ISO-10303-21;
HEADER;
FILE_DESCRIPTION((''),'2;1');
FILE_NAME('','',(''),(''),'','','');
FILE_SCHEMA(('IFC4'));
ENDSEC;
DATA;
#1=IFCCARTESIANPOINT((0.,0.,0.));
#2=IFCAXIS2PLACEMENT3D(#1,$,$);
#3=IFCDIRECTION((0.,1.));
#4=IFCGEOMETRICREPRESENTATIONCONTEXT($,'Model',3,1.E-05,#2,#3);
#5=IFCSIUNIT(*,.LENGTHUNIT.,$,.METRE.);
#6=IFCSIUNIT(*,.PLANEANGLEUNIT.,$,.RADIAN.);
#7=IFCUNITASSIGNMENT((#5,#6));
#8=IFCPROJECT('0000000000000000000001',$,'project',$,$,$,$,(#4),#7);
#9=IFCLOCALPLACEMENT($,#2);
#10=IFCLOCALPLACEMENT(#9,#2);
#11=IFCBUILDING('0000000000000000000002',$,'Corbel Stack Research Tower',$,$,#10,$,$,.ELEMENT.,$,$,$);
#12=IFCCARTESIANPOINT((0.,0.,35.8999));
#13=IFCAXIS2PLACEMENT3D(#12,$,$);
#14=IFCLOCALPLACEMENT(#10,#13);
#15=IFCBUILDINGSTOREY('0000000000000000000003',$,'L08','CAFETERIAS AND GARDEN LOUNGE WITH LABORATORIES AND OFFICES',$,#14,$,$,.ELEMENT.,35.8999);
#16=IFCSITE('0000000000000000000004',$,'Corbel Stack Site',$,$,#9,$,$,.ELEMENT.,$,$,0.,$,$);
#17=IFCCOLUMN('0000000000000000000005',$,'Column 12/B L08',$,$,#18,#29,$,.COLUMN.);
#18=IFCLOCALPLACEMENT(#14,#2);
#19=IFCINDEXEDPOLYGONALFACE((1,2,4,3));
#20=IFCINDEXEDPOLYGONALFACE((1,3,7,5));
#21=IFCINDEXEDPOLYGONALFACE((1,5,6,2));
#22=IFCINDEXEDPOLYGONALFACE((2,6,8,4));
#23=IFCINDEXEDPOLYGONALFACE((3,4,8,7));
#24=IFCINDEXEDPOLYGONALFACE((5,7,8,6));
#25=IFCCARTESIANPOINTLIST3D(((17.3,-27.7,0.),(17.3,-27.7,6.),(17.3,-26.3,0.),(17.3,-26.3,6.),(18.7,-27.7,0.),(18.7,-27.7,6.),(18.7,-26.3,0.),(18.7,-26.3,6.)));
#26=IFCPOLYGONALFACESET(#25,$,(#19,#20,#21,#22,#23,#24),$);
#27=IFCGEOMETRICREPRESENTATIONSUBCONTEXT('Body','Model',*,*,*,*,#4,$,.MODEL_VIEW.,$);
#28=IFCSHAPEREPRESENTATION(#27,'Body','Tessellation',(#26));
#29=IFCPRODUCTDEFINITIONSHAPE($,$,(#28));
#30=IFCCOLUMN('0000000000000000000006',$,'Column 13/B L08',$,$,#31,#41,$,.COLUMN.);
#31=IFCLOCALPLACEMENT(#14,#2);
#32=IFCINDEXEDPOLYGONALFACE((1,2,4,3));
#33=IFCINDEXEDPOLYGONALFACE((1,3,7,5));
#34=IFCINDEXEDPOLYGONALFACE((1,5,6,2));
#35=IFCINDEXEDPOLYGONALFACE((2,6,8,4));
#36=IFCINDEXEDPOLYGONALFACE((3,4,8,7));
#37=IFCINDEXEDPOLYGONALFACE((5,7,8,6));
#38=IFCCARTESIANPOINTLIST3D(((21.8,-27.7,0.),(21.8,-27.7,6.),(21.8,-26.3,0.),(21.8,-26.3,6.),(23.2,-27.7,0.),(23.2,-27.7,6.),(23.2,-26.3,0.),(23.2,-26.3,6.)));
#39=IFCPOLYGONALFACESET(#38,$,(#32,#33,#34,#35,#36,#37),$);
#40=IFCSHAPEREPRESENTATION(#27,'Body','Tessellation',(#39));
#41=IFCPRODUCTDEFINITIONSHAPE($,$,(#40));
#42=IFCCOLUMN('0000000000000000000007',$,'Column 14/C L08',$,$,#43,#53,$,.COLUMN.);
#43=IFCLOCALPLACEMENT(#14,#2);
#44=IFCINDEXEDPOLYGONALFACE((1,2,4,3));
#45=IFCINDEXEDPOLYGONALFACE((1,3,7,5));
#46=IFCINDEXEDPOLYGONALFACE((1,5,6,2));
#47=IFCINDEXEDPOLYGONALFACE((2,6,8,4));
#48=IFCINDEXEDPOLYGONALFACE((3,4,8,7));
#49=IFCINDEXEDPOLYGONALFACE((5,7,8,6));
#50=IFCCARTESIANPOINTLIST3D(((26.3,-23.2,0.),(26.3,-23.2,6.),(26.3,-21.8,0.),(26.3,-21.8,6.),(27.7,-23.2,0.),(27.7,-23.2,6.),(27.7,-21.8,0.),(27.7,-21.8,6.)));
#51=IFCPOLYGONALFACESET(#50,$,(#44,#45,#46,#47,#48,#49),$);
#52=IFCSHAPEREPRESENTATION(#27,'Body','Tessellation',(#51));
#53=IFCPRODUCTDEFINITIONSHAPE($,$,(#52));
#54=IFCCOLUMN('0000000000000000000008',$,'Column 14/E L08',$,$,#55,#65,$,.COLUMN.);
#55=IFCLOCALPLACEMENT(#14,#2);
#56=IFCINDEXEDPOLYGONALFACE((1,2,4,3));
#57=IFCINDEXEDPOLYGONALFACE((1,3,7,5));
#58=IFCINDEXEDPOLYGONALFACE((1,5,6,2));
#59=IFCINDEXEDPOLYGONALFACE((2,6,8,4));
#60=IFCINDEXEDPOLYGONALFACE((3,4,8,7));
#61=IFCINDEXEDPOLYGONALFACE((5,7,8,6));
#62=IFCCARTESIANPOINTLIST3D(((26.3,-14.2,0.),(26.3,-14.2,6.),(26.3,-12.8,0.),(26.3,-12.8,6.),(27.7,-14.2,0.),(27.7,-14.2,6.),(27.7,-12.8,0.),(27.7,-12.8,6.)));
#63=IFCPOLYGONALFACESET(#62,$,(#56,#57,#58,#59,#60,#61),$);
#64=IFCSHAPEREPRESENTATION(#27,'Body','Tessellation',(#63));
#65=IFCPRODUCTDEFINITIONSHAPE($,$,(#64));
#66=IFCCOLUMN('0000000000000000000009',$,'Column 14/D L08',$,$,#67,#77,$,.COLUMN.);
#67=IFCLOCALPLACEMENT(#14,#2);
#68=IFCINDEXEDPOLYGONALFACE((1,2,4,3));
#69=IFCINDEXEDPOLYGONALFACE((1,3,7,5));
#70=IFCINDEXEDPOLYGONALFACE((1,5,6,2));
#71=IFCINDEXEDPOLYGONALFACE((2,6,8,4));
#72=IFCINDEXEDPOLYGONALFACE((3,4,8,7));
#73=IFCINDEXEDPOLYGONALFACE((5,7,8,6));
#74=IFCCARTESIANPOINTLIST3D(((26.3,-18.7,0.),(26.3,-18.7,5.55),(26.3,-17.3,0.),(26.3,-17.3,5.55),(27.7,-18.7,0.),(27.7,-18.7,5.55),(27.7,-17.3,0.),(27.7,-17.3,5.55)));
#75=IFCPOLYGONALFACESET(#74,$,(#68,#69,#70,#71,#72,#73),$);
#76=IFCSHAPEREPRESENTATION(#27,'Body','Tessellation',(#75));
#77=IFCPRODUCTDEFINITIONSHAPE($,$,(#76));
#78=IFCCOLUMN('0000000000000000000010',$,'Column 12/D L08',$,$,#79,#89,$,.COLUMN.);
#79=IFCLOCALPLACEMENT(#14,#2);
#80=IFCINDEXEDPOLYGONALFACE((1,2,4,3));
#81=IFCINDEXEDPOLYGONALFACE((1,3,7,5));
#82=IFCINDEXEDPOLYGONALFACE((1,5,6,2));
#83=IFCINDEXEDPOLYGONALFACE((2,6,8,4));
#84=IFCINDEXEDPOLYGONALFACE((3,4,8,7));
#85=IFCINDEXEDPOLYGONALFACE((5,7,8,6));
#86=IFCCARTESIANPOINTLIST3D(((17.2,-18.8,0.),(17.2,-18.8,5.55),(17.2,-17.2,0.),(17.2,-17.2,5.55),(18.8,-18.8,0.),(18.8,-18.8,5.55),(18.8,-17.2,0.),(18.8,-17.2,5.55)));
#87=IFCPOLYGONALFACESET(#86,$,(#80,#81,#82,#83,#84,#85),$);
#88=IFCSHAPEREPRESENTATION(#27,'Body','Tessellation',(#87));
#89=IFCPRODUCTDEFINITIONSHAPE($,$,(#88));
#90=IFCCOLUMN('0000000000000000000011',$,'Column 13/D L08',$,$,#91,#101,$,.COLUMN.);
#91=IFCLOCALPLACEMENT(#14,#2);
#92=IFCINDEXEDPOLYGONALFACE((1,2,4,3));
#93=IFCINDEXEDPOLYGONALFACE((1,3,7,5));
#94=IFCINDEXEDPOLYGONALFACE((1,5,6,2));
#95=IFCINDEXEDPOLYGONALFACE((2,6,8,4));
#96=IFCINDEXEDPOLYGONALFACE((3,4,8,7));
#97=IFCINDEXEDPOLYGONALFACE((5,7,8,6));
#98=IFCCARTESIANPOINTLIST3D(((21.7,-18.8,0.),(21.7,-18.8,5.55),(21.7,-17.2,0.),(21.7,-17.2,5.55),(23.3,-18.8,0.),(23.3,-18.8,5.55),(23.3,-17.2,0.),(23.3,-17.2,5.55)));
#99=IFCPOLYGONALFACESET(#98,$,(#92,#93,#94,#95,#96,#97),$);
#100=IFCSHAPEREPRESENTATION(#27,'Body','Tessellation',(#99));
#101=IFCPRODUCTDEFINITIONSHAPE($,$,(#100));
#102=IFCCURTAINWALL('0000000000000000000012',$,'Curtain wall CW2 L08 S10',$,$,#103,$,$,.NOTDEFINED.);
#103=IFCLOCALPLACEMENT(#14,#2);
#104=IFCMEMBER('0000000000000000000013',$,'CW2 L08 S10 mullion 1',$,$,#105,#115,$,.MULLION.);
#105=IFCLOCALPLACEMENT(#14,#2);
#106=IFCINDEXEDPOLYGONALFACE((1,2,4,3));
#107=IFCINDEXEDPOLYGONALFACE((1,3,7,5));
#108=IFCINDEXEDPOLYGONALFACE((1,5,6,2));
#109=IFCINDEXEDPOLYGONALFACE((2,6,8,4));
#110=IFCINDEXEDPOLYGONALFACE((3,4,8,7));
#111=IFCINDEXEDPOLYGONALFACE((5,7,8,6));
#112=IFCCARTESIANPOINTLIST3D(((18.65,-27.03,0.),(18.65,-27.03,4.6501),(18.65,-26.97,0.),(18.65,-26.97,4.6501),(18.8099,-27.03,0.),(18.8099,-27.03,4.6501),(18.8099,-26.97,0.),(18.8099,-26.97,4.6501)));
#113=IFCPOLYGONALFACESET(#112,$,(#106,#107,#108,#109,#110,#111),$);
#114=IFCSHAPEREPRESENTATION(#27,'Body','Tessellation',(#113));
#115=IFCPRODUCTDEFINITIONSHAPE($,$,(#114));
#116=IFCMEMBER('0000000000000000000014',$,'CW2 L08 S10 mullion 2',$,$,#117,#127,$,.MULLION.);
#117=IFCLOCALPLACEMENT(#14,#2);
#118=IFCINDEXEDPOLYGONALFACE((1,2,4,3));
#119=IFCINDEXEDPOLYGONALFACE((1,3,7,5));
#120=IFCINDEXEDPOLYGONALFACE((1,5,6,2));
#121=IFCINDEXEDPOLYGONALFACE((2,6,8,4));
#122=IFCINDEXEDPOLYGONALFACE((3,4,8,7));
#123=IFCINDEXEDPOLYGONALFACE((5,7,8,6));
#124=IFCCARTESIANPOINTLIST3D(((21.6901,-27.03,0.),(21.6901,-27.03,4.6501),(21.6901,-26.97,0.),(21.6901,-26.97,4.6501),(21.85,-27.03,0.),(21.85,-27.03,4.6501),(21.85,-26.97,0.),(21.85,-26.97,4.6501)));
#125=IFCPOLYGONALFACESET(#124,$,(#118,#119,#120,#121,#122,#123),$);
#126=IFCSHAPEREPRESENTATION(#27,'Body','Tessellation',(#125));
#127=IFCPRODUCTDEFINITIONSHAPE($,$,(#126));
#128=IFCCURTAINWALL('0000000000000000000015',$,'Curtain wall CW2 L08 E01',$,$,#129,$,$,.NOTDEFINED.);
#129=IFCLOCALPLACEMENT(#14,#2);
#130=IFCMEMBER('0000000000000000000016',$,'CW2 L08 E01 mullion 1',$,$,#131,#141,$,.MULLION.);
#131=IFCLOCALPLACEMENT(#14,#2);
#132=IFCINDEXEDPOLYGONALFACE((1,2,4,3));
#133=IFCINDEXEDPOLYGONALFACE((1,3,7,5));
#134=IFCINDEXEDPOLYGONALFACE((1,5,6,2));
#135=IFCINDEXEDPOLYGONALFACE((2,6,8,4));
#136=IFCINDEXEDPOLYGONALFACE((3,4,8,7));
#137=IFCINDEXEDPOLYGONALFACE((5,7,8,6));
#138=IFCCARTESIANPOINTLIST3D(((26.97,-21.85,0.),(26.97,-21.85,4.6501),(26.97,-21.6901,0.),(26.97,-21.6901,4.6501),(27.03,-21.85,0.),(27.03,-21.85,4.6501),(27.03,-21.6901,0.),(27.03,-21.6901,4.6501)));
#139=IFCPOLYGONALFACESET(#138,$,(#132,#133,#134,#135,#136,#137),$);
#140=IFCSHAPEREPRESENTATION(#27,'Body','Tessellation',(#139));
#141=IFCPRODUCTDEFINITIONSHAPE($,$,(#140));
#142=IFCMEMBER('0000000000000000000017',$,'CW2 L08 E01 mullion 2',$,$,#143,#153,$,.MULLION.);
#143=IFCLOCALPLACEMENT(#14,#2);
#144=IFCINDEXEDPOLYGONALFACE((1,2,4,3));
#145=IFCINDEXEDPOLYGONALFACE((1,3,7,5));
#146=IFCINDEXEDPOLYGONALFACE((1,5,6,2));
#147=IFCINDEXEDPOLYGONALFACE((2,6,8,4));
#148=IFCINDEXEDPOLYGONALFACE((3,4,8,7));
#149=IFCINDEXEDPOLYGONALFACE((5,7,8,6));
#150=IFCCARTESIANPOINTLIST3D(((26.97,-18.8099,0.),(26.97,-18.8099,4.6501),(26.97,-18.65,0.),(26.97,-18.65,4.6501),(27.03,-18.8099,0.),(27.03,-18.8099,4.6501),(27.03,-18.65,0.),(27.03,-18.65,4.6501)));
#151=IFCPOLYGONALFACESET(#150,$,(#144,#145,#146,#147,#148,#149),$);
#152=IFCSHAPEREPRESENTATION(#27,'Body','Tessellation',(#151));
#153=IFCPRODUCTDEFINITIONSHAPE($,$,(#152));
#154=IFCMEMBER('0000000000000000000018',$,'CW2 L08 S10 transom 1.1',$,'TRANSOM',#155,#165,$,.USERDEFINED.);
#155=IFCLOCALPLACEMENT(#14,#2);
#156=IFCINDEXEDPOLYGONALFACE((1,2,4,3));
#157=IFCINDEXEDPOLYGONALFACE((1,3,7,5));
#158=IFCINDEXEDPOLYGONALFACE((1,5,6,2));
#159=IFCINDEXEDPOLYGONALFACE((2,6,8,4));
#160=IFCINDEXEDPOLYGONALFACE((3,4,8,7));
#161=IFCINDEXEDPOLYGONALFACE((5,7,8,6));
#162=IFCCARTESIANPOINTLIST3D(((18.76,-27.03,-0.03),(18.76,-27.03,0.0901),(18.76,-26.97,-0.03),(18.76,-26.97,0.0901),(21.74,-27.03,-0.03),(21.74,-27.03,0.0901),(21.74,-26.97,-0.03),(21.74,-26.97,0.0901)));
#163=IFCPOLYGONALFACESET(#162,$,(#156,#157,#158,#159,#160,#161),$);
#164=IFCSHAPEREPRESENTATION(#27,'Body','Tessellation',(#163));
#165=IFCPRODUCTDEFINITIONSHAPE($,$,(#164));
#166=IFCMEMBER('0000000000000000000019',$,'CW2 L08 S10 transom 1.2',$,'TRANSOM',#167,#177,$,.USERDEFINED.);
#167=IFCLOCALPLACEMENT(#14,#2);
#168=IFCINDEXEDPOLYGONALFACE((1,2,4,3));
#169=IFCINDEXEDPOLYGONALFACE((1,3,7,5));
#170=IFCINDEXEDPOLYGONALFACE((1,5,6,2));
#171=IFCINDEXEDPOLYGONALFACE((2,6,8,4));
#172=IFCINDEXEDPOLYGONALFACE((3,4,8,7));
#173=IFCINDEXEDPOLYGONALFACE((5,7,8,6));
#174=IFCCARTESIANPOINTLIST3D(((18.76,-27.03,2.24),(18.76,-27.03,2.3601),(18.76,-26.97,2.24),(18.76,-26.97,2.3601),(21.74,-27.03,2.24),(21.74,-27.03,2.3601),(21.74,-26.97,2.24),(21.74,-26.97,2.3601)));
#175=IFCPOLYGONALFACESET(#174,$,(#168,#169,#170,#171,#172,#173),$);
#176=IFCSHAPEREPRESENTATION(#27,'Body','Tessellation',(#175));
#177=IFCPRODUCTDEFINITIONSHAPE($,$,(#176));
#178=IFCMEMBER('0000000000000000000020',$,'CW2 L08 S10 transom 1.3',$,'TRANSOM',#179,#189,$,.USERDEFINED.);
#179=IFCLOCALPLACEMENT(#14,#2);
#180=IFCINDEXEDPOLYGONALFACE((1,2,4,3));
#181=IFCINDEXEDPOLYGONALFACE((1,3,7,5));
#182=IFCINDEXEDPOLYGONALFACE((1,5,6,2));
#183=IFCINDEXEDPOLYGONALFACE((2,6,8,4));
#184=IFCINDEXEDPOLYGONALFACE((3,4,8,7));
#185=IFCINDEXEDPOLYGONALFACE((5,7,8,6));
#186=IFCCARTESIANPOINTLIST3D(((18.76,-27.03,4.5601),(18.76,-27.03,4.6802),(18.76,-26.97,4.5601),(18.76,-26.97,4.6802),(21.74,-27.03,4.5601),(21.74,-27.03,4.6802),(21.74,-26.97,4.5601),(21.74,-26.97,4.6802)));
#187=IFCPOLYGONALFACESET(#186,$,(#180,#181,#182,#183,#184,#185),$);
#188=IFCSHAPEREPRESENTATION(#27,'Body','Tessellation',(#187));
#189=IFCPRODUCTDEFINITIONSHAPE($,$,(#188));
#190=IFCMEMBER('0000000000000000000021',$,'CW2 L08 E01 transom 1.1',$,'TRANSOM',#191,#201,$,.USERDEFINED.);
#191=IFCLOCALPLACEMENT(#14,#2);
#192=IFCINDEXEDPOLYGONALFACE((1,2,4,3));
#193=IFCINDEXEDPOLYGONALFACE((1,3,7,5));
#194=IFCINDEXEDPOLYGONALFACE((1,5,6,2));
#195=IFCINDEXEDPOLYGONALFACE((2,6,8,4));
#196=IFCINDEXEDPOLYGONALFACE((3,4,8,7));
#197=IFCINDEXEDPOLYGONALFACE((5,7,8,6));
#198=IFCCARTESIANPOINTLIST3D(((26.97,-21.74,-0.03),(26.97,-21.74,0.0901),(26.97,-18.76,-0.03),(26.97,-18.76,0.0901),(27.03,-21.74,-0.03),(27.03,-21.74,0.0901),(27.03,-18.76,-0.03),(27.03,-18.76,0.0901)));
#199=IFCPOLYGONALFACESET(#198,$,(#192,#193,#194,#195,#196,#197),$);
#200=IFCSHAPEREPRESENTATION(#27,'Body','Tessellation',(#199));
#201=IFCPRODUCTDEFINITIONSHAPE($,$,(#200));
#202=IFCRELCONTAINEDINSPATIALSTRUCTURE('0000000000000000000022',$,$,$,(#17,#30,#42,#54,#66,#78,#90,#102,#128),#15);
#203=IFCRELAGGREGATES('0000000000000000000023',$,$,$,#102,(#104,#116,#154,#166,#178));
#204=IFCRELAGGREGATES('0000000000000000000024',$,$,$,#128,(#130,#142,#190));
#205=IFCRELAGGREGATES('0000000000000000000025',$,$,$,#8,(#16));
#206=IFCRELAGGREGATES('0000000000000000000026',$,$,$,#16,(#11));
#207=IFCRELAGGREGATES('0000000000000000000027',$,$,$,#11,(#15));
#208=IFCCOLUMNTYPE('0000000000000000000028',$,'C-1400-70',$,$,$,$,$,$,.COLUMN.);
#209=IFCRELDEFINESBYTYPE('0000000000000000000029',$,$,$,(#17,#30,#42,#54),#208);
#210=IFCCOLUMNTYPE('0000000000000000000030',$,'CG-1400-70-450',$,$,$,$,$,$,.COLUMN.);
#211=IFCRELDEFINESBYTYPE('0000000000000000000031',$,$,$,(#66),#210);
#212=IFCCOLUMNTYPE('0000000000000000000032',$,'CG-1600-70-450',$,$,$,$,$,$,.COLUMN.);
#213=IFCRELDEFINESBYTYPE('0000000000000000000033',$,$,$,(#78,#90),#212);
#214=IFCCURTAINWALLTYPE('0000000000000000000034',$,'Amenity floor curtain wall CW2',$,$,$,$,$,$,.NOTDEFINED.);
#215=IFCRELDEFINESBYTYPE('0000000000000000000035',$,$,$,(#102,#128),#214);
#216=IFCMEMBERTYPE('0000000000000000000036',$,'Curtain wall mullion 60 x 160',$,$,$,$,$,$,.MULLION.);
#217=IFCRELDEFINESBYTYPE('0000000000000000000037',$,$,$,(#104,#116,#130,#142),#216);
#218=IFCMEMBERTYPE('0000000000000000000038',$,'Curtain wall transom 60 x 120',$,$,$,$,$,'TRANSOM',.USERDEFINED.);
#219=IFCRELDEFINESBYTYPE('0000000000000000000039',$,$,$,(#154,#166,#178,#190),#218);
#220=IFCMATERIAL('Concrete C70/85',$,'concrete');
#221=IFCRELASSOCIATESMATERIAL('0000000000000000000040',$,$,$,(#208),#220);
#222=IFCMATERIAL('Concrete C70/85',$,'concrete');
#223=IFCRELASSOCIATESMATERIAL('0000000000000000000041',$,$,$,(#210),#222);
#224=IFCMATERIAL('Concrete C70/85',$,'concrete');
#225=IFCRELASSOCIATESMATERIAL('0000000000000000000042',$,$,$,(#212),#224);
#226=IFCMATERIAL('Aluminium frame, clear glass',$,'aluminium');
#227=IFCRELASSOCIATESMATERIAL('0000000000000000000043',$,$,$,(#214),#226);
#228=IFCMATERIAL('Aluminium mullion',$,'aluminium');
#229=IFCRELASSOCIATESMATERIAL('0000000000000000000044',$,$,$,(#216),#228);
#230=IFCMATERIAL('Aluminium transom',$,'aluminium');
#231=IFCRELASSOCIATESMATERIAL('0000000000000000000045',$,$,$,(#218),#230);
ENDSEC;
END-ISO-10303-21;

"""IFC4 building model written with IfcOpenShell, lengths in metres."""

from ifc_helpers import new_model, si_unit, direction, frame, origin, origin_2d, place, context, subcontext, project, spatial, rectangle, extrude, material, material_profile, profile_set, type_object, element, aggregate, save


model = new_model("IFC4")

# Units and contexts
model_context = context("Model", 3, precision=1e-05, world=origin(), true_north=direction((0.0, 1.0)))
body_context = subcontext(model_context, "Body", "Model", "MODEL_VIEW")
ifc_project = project(units=[si_unit("LENGTHUNIT", "METRE"), si_unit("PLANEANGLEUNIT", "RADIAN")], contexts=[model_context])

# Site, building, storey
site_placement = place(None, origin())
site = spatial("IfcSite", under=ifc_project, at=site_placement, Name="Corbel Stack Site", CompositionType="ELEMENT", RefElevation=0.0)
building_placement = place(site_placement, origin())
building = spatial("IfcBuilding", under=site, at=building_placement, Name="Corbel Stack Research Tower", CompositionType="ELEMENT")
storey_placement = place(building_placement, frame((0.0, 0.0, 35.8999)))
storey = spatial("IfcBuildingStorey", under=building, at=storey_placement, Name="L08", Description="CAFETERIAS AND GARDEN LOUNGE WITH LABORATORIES AND OFFICES", CompositionType="ELEMENT", Elevation=35.8999)

# Columns
ifc_material_1 = material(Name="Concrete C70/85", Category="concrete")
ifc_material_profile_1 = material_profile(ifc_material_1, rectangle(XDim=1.3999, YDim=1.3999, at=origin_2d()), Name="RC 1400 x 1400")
ifc_profile_set_1 = profile_set([ifc_material_profile_1], Name="Concrete C70/85")
column_type_1 = type_object("IfcColumnType", Name="C-1400-70", PredefinedType="COLUMN", material=ifc_profile_set_1)
for number, where, z_axis, x_axis, name in (
    (1, (18.0, -27.0, 0.0), (0.0, 0.0, 1.0), (1.0, 0.0, 0.0), "Column 12/B L08"),
    (2, (22.5, -27.0, 0.0), (0.0, 0.0, 1.0), (1.0, 0.0, 0.0), "Column 13/B L08"),
    (3, (27.0, -22.5, 0.0), (0.0, 0.0, 1.0), (1.0, 0.0, 0.0), "Column 14/C L08"),
    (4, (27.0, -13.5, 0.0), (0.0, 0.0, 1.0), (1.0, 0.0, 0.0), "Column 14/E L08"),
):
    element("IfcColumn", number, at=place(storey_placement, frame(where, z_axis=z_axis, x_axis=x_axis)), inside=storey, type_object=column_type_1, Name=name, PredefinedType="COLUMN", context=body_context, shape_type="SweptSolid", body=[
        extrude(rectangle(XDim=1.3999, YDim=1.3999, at=origin_2d()), origin(), (0.0, 0.0, 1.0), 6.0),
    ])
ifc_material_2 = material(Name="Concrete C70/85", Category="concrete")
ifc_material_profile_2 = material_profile(ifc_material_2, rectangle(XDim=1.3999, YDim=1.3999, at=origin_2d()), Name="RC 1400 x 1400")
ifc_profile_set_2 = profile_set([ifc_material_profile_2], Name="Concrete C70/85")
column_type_2 = type_object("IfcColumnType", Name="CG-1400-70-450", PredefinedType="COLUMN", material=ifc_profile_set_2)
column_placement = place(storey_placement, frame((27.0, -18.0, 0.0), z_axis=(0.0, 0.0, 1.0), x_axis=(1.0, 0.0, 0.0)))
element("IfcColumn", 5, at=column_placement, inside=storey, type_object=column_type_2, Name="Column 14/D L08", PredefinedType="COLUMN", context=body_context, shape_type="SweptSolid", body=[
    extrude(rectangle(XDim=1.3999, YDim=1.3999, at=origin_2d()), origin(), (0.0, 0.0, 1.0), 5.55),
])
ifc_material_3 = material(Name="Concrete C70/85", Category="concrete")
ifc_material_profile_3 = material_profile(ifc_material_3, rectangle(XDim=1.6001, YDim=1.6001, at=origin_2d()), Name="RC 1600 x 1600")
ifc_profile_set_3 = profile_set([ifc_material_profile_3], Name="Concrete C70/85")
column_type_3 = type_object("IfcColumnType", Name="CG-1600-70-450", PredefinedType="COLUMN", material=ifc_profile_set_3)
for number, where, z_axis, x_axis, name in (
    (6, (18.0, -18.0, 0.0), (0.0, 0.0, 1.0), (1.0, 0.0, 0.0), "Column 12/D L08"),
    (7, (22.5, -18.0, 0.0), (0.0, 0.0, 1.0), (1.0, 0.0, 0.0), "Column 13/D L08"),
):
    element("IfcColumn", number, at=place(storey_placement, frame(where, z_axis=z_axis, x_axis=x_axis)), inside=storey, type_object=column_type_3, Name=name, PredefinedType="COLUMN", context=body_context, shape_type="SweptSolid", body=[
        extrude(rectangle(XDim=1.6001, YDim=1.6001, at=origin_2d()), origin(), (0.0, 0.0, 1.0), 5.55),
    ])

# Curtain walls, members
ifc_material_4 = material(Name="Aluminium frame, clear glass", Category="aluminium")
curtain_wall_type = type_object("IfcCurtainWallType", Name="Amenity floor curtain wall CW2", PredefinedType="NOTDEFINED", material=ifc_material_4)
curtain_wall_1_placement = place(storey_placement, origin())
curtain_wall_1 = element("IfcCurtainWall", 8, at=curtain_wall_1_placement, inside=storey, type_object=curtain_wall_type, Name="Curtain wall CW2 L08 S10", PredefinedType="NOTDEFINED")
ifc_material_5 = material(Name="Aluminium mullion", Category="aluminium")
ifc_material_profile_4 = material_profile(ifc_material_5, rectangle(XDim=0.0601, YDim=0.1599, at=origin_2d()), Name="Mullion 60 x 160")
ifc_profile_set_4 = profile_set([ifc_material_profile_4], Name="Aluminium mullion")
member_type_1 = type_object("IfcMemberType", Name="Curtain wall mullion 60 x 160", PredefinedType="MULLION", material=ifc_profile_set_4)
member_1_placement = place(storey_placement, frame((18.73, -27.0, 0.0), z_axis=(0.0, 0.0, 1.0), x_axis=(0.0, 1.0, 0.0)))
member_1 = element("IfcMember", 9, at=member_1_placement, type_object=member_type_1, Name="CW2 L08 S10 mullion 1", PredefinedType="MULLION", context=body_context, shape_type="SweptSolid", body=[
    extrude(rectangle(XDim=0.0601, YDim=0.1599, at=origin_2d()), origin(), (0.0, 0.0, 1.0), 4.6501),
])
member_2_placement = place(storey_placement, frame((21.77, -27.0, 0.0), z_axis=(0.0, 0.0, 1.0), x_axis=(0.0, 1.0, 0.0)))
member_2 = element("IfcMember", 10, at=member_2_placement, type_object=member_type_1, Name="CW2 L08 S10 mullion 2", PredefinedType="MULLION", context=body_context, shape_type="SweptSolid", body=[
    extrude(rectangle(XDim=0.0601, YDim=0.1599, at=origin_2d()), origin(), (0.0, 0.0, 1.0), 4.6501),
])
curtain_wall_2_placement = place(storey_placement, origin())
curtain_wall_2 = element("IfcCurtainWall", 11, at=curtain_wall_2_placement, inside=storey, type_object=curtain_wall_type, Name="Curtain wall CW2 L08 E01", PredefinedType="NOTDEFINED")
member_3_placement = place(storey_placement, frame((27.0, -21.77, 0.0), z_axis=(0.0, 0.0, 1.0), x_axis=(-1.0, 0.0, 0.0)))
member_3 = element("IfcMember", 12, at=member_3_placement, type_object=member_type_1, Name="CW2 L08 E01 mullion 1", PredefinedType="MULLION", context=body_context, shape_type="SweptSolid", body=[
    extrude(rectangle(XDim=0.0601, YDim=0.1599, at=origin_2d()), origin(), (0.0, 0.0, 1.0), 4.6501),
])
member_4_placement = place(storey_placement, frame((27.0, -18.73, 0.0), z_axis=(0.0, 0.0, 1.0), x_axis=(-1.0, 0.0, 0.0)))
member_4 = element("IfcMember", 13, at=member_4_placement, type_object=member_type_1, Name="CW2 L08 E01 mullion 2", PredefinedType="MULLION", context=body_context, shape_type="SweptSolid", body=[
    extrude(rectangle(XDim=0.0601, YDim=0.1599, at=origin_2d()), origin(), (0.0, 0.0, 1.0), 4.6501),
])

# Members
ifc_material_6 = material(Name="Aluminium transom", Category="aluminium")
ifc_material_profile_5 = material_profile(ifc_material_6, rectangle(XDim=0.0601, YDim=0.1201, at=origin_2d()), Name="Transom 60 x 120")
ifc_profile_set_5 = profile_set([ifc_material_profile_5], Name="Aluminium transom")
member_type_2 = type_object("IfcMemberType", Name="Curtain wall transom 60 x 120", ElementType="TRANSOM", PredefinedType="USERDEFINED", material=ifc_profile_set_5)
member_5_placement = place(storey_placement, frame((18.76, -27.0, 0.03), z_axis=(1.0, 0.0, 0.0), x_axis=(0.0, 1.0, 0.0)))
member_5 = element("IfcMember", 14, at=member_5_placement, type_object=member_type_2, Name="CW2 L08 S10 transom 1.1", ObjectType="TRANSOM", PredefinedType="USERDEFINED", context=body_context, shape_type="SweptSolid", body=[
    extrude(rectangle(XDim=0.0601, YDim=0.1201, at=origin_2d()), origin(), (0.0, 0.0, 1.0), 2.98),
])
member_6_placement = place(storey_placement, frame((18.76, -27.0, 2.3), z_axis=(1.0, 0.0, 0.0), x_axis=(0.0, 1.0, 0.0)))
member_6 = element("IfcMember", 15, at=member_6_placement, type_object=member_type_2, Name="CW2 L08 S10 transom 1.2", ObjectType="TRANSOM", PredefinedType="USERDEFINED", context=body_context, shape_type="SweptSolid", body=[
    extrude(rectangle(XDim=0.0601, YDim=0.1201, at=origin_2d()), origin(), (0.0, 0.0, 1.0), 2.98),
])
member_7_placement = place(storey_placement, frame((18.76, -27.0, 4.6201), z_axis=(1.0, 0.0, 0.0), x_axis=(0.0, 1.0, 0.0)))
member_7 = element("IfcMember", 16, at=member_7_placement, type_object=member_type_2, Name="CW2 L08 S10 transom 1.3", ObjectType="TRANSOM", PredefinedType="USERDEFINED", context=body_context, shape_type="SweptSolid", body=[
    extrude(rectangle(XDim=0.0601, YDim=0.1201, at=origin_2d()), origin(), (0.0, 0.0, 1.0), 2.98),
])
member_8_placement = place(storey_placement, frame((27.0, -21.74, 0.03), z_axis=(0.0, 1.0, 0.0), x_axis=(-1.0, 0.0, 0.0)))
member_8 = element("IfcMember", 17, at=member_8_placement, type_object=member_type_2, Name="CW2 L08 E01 transom 1.1", ObjectType="TRANSOM", PredefinedType="USERDEFINED", context=body_context, shape_type="SweptSolid", body=[
    extrude(rectangle(XDim=0.0601, YDim=0.1201, at=origin_2d()), origin(), (0.0, 0.0, 1.0), 2.98),
])

aggregate(curtain_wall_1, [member_1, member_2, member_5, member_6, member_7])
aggregate(curtain_wall_2, [member_3, member_4, member_8])

save(model, "model.ifc")
